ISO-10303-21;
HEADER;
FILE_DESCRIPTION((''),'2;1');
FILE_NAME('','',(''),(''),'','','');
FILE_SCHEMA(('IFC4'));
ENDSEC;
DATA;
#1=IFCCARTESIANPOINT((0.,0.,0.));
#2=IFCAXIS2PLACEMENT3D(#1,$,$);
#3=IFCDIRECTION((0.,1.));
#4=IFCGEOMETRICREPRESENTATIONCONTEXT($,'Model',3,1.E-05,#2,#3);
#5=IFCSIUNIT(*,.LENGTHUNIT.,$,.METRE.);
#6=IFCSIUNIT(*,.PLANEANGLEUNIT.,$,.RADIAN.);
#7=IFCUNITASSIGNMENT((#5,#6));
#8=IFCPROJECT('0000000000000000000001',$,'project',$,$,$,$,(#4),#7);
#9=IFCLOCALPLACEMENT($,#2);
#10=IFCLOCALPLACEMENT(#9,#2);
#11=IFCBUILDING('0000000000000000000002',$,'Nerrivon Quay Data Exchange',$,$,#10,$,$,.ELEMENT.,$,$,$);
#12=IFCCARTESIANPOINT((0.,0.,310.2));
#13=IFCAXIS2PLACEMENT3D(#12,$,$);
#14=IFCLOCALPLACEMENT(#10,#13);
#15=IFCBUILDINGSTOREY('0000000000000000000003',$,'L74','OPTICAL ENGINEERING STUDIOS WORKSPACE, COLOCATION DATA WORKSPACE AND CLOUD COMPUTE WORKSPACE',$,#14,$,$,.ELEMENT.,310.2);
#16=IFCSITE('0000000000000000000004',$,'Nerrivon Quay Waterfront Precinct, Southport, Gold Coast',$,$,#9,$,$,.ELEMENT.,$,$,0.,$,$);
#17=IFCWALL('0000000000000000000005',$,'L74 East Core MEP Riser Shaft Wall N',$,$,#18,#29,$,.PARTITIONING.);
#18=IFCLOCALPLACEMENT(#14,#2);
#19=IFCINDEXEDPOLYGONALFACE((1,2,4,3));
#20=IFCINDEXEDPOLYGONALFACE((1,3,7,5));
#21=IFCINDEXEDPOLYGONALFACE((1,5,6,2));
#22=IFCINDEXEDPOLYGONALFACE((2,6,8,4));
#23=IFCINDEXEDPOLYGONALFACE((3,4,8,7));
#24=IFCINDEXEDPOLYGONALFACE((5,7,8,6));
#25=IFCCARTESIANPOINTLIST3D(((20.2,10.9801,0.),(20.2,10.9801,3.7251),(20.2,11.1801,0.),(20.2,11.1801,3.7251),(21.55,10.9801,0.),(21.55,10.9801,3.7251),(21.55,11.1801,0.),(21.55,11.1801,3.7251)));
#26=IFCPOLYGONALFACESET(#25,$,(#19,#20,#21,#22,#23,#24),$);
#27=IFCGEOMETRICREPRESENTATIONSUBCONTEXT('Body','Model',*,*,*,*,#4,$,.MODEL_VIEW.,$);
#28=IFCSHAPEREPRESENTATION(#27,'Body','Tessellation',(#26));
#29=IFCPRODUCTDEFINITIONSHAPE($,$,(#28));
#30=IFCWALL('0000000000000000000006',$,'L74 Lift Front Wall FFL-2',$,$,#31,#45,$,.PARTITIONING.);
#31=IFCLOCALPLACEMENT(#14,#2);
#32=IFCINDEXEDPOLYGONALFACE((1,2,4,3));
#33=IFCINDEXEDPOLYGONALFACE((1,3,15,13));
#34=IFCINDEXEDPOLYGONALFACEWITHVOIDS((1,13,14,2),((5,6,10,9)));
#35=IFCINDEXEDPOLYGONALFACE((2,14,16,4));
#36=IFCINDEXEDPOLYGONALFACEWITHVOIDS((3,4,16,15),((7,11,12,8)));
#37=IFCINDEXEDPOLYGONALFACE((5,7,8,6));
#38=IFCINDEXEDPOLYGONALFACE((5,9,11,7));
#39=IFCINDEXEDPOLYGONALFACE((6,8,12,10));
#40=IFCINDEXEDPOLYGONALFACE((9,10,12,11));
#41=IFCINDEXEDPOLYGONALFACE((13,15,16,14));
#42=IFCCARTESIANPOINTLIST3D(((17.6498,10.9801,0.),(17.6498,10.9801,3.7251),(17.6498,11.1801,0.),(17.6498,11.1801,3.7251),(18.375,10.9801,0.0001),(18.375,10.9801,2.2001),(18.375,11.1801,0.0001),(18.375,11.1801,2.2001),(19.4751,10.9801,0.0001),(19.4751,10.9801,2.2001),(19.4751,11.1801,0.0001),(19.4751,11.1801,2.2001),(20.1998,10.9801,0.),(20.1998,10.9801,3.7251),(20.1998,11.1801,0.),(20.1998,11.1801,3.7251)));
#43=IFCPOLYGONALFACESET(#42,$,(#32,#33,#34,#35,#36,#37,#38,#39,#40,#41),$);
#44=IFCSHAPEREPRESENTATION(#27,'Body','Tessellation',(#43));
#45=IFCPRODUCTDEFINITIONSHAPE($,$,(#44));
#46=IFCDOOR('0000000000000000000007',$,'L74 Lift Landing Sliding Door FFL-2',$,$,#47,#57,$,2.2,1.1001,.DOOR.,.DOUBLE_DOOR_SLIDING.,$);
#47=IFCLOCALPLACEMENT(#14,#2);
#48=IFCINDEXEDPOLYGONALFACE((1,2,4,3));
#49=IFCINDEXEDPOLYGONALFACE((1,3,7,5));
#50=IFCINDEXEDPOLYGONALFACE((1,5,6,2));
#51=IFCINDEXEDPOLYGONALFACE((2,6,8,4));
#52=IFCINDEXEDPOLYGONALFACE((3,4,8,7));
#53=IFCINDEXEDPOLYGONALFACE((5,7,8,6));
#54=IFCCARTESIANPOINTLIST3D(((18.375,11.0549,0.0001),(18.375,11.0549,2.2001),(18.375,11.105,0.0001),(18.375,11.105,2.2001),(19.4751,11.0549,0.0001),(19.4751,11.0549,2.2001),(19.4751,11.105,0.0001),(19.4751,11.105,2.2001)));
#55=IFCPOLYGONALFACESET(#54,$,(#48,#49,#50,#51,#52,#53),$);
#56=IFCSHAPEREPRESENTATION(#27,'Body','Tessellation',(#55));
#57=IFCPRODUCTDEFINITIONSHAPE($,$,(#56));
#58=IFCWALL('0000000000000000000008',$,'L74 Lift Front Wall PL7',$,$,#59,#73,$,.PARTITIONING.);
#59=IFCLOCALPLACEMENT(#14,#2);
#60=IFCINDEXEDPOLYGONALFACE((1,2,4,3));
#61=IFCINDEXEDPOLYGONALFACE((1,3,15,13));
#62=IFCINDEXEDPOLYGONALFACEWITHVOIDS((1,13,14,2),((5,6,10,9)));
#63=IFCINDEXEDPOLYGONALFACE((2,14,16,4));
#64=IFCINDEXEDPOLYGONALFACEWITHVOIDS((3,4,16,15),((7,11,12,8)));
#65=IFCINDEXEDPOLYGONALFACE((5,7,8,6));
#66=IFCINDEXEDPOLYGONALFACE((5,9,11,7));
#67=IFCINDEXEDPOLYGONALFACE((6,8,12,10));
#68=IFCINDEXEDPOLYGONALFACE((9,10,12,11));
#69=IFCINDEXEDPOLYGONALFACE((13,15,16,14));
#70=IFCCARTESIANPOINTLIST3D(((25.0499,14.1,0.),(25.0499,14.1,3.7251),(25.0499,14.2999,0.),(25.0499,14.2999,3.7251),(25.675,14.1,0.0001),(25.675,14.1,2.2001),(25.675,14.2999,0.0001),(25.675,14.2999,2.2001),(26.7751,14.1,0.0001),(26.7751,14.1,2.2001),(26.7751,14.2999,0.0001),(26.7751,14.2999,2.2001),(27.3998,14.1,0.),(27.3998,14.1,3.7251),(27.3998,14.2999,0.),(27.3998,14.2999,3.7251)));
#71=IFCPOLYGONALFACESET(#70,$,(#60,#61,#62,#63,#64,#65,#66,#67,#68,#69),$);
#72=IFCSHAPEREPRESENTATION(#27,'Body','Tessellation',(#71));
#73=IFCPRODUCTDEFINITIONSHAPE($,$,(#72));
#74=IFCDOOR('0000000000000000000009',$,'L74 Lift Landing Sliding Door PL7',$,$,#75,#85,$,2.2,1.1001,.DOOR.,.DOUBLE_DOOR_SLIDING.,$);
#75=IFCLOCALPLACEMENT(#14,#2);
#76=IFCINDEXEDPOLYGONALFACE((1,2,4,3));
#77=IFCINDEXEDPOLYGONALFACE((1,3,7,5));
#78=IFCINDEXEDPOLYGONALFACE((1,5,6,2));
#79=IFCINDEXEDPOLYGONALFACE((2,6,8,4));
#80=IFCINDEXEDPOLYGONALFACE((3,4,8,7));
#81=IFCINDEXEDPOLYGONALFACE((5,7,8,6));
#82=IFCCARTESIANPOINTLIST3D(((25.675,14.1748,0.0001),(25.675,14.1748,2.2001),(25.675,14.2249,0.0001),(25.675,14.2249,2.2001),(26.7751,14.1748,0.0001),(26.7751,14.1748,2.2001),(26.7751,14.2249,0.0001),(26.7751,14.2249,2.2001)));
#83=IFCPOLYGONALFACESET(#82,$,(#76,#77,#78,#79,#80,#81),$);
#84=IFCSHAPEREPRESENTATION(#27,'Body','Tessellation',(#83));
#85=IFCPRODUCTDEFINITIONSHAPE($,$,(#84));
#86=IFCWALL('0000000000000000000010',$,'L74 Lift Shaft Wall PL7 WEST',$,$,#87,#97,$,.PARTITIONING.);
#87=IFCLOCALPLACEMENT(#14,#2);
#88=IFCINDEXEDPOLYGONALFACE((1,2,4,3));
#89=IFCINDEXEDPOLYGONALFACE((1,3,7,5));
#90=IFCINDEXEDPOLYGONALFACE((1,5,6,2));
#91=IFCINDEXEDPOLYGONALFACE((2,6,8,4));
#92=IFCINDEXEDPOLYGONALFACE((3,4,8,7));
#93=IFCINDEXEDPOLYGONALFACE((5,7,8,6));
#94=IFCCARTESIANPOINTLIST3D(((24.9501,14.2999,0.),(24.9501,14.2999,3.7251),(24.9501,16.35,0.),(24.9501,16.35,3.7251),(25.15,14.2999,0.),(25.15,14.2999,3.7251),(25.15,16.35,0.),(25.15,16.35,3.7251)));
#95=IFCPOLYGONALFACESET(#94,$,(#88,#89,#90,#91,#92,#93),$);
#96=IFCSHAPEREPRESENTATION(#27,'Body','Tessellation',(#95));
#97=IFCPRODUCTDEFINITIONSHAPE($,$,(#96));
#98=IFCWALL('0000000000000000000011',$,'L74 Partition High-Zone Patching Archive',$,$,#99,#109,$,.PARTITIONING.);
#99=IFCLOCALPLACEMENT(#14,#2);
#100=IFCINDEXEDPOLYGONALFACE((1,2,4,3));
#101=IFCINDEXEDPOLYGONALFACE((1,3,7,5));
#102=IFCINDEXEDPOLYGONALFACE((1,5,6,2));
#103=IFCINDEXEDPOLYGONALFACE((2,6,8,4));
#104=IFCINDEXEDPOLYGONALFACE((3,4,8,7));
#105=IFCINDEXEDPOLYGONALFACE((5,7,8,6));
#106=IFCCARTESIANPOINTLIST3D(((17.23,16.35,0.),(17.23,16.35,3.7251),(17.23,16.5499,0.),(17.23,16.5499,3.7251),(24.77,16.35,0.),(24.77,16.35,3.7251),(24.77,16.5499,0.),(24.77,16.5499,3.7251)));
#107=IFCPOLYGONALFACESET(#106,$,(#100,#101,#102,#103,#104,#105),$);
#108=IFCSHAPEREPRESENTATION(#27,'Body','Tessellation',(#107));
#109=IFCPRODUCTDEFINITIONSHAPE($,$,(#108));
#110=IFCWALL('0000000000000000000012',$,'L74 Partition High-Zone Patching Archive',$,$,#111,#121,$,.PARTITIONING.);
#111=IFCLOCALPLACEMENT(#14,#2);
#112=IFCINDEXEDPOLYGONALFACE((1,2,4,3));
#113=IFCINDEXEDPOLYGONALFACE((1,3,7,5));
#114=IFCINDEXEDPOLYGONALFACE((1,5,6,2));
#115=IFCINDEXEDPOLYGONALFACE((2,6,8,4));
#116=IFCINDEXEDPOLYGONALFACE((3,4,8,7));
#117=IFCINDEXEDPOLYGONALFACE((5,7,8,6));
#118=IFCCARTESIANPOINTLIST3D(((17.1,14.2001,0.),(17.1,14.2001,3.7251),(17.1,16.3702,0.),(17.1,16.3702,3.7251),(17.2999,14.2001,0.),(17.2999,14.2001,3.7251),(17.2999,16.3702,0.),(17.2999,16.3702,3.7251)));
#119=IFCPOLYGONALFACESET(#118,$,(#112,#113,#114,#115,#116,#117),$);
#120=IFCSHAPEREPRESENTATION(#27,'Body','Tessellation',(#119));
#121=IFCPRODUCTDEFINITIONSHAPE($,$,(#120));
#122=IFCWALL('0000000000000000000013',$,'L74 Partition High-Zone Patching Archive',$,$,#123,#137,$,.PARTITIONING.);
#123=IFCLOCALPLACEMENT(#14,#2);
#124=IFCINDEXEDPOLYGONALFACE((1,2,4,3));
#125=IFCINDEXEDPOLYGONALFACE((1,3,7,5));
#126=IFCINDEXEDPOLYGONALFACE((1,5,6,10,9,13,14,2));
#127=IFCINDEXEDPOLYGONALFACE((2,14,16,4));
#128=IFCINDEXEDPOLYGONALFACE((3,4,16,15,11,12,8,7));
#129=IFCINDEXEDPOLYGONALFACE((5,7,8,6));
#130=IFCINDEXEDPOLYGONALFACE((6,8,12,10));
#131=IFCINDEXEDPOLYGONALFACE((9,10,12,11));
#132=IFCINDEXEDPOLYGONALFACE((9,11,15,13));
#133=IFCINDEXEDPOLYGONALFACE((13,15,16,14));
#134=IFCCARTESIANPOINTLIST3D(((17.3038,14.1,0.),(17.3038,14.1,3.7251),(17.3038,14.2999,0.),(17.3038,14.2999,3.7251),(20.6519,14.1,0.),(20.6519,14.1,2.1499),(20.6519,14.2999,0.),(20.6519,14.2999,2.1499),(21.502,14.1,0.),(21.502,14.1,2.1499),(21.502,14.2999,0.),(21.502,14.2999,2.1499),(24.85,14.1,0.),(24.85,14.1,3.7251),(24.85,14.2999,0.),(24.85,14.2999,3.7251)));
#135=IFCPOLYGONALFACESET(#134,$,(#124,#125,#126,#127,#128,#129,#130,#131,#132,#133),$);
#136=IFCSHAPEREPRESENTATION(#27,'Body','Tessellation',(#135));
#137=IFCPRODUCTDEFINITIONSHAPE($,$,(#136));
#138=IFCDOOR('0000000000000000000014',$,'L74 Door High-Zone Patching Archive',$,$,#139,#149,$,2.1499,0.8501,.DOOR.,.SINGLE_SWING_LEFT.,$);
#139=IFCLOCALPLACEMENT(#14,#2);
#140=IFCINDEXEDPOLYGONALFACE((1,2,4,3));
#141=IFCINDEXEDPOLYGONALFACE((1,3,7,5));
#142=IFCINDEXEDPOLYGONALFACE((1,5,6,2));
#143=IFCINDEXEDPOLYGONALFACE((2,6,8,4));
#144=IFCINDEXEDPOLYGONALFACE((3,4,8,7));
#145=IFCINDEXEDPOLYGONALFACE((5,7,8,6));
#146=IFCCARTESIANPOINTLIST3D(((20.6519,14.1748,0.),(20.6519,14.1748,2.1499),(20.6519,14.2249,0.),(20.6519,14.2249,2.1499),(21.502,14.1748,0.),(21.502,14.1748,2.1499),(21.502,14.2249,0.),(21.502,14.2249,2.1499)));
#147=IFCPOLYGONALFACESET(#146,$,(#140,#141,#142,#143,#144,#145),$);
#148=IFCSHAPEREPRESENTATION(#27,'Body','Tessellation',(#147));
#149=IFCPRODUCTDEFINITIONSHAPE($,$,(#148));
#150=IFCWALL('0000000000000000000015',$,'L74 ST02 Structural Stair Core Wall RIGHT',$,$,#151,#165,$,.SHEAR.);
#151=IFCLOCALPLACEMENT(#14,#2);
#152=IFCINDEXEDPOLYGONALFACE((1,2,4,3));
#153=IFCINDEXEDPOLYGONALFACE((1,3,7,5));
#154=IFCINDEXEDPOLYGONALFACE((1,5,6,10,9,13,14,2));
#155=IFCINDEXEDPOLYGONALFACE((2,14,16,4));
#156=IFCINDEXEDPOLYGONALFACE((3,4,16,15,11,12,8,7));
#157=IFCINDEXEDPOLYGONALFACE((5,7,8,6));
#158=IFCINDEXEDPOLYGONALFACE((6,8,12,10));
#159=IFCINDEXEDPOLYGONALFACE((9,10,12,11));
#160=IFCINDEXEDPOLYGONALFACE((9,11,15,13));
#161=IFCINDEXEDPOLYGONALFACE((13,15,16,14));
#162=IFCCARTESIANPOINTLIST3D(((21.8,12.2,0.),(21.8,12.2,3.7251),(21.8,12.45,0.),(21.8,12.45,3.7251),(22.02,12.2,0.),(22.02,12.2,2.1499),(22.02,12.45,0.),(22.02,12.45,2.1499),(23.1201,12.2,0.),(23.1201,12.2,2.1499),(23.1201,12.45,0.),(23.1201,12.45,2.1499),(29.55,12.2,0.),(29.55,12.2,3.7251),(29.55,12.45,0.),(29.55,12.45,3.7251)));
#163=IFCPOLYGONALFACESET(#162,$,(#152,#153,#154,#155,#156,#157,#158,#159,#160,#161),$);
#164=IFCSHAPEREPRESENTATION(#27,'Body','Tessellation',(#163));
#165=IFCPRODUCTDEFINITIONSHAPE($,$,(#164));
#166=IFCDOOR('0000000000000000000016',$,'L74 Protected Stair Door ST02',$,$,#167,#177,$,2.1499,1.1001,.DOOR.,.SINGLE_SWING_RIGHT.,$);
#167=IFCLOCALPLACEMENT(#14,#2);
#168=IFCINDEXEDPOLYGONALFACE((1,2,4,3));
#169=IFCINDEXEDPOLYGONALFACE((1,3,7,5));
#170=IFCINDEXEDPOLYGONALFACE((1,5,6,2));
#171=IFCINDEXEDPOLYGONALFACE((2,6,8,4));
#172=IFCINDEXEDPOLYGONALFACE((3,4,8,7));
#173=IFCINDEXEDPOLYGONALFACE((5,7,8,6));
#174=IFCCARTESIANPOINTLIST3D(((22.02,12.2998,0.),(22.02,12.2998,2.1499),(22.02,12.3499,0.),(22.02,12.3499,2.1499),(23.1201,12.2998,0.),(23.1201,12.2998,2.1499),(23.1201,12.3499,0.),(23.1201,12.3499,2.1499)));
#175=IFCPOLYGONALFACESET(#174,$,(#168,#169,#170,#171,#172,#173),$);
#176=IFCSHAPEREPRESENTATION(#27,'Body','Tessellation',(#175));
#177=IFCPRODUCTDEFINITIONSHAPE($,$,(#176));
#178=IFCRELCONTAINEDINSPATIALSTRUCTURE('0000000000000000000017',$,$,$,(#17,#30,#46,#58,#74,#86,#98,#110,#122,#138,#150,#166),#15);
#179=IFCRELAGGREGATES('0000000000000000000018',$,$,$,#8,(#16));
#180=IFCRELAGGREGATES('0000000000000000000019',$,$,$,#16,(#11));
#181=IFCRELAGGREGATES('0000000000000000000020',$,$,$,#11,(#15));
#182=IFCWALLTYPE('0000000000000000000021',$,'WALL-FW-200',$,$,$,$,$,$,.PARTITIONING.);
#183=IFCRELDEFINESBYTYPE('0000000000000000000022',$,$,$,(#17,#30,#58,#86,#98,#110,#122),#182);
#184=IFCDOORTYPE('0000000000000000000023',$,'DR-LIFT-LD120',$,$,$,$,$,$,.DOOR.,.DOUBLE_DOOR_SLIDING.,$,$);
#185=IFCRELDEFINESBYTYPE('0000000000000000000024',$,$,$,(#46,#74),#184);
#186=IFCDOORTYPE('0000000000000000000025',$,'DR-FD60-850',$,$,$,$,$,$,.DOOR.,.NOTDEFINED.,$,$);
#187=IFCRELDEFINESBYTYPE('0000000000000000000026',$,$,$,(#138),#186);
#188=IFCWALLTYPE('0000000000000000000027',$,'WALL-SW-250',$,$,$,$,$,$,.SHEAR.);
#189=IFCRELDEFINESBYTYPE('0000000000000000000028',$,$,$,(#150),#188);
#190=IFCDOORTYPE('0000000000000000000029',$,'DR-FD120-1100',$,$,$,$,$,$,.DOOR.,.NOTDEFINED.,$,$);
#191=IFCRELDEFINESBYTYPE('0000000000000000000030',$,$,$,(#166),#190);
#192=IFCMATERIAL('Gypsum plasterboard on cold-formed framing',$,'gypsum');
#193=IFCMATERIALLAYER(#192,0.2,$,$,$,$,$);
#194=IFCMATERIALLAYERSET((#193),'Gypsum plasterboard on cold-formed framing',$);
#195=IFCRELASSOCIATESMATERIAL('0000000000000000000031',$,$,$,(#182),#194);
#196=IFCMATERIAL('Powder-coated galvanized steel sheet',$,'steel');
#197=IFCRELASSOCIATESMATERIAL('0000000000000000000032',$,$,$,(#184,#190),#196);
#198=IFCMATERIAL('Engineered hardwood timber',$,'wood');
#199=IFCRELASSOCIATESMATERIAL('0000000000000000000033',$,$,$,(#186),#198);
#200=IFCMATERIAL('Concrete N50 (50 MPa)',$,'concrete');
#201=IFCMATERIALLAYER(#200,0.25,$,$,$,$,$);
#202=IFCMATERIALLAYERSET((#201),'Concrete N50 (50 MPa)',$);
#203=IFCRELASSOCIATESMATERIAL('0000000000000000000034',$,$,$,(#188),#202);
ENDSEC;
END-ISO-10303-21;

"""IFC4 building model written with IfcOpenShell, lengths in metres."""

from ifc_helpers import new_model, si_unit, direction, frame, frame_2d, origin, place, context, subcontext, project, spatial, rectangle, extrude, material, layer, layer_set, type_object, element, fill, save


model = new_model("IFC4")

# Units and contexts
model_context = context("Model", 3, precision=1e-05, world=origin(), true_north=direction((0.0, 1.0)))
body_context = subcontext(model_context, "Body", "Model", "MODEL_VIEW")
ifc_project = project(units=[si_unit("LENGTHUNIT", "METRE"), si_unit("PLANEANGLEUNIT", "RADIAN")], contexts=[model_context])

# Site, building, storey
site_placement = place(None, origin())
site = spatial("IfcSite", under=ifc_project, at=site_placement, Name="Nerrivon Quay Waterfront Precinct, Southport, Gold Coast", CompositionType="ELEMENT", RefElevation=0.0)
building_placement = place(site_placement, origin())
building = spatial("IfcBuilding", under=site, at=building_placement, Name="Nerrivon Quay Data Exchange", CompositionType="ELEMENT")
storey_placement = place(building_placement, frame((0.0, 0.0, 310.2)))
storey = spatial("IfcBuildingStorey", under=building, at=storey_placement, Name="L74", Description="OPTICAL ENGINEERING STUDIOS WORKSPACE, COLOCATION DATA WORKSPACE AND CLOUD COMPUTE WORKSPACE", CompositionType="ELEMENT", Elevation=310.2)

# Shared definitions
ifc_material_1 = material(Name="Concrete N50 (50 MPa)", Category="concrete")

# Wall
ifc_material_2 = material(Name="Gypsum plasterboard on cold-formed framing", Category="gypsum")
ifc_layer_1 = layer(ifc_material_2, 0.2)
ifc_layer_set_1 = layer_set([ifc_layer_1], Name="Gypsum plasterboard on cold-formed framing")
wall_type_1 = type_object("IfcWallType", Name="WALL-FW-200", PredefinedType="PARTITIONING", material=ifc_layer_set_1)
wall_1_placement = place(storey_placement, frame((20.2, 11.0801, 0.0), z_axis=(0.0, 0.0, 1.0), x_axis=(1.0, 0.0, 0.0)))
element("IfcWall", 1, at=wall_1_placement, inside=storey, type_object=wall_type_1, Name="L74 East Core MEP Riser Shaft Wall N", PredefinedType="PARTITIONING", context=body_context, shape_type="SweptSolid", body=[
    extrude(rectangle(XDim=1.3501, YDim=0.2, at=frame_2d((0.675, 0.0))), origin(), (0.0, 0.0, 1.0), 3.7251),
])

# Walls, openings, doors
wall_2_placement = place(storey_placement, frame((17.6499, 11.0801, 0.0), z_axis=(0.0, 0.0, 1.0), x_axis=(1.0, 0.0, 0.0)))
wall_2 = element("IfcWall", 2, at=wall_2_placement, inside=storey, type_object=wall_type_1, Name="L74 Lift Front Wall FFL-2", PredefinedType="PARTITIONING", context=body_context, shape_type="SweptSolid", body=[
    extrude(rectangle(XDim=2.55, YDim=0.2, at=frame_2d((1.2749, 0.0))), origin(), (0.0, 0.0, 1.0), 3.7251),
])
opening_1_placement = place(wall_2_placement, frame((0.7251, 0.0, 0.0)))
opening_1 = element("IfcOpeningElement", 3, at=opening_1_placement, cuts=wall_2, PredefinedType="OPENING", context=body_context, shape_type="SweptSolid", body=[
    extrude(rectangle(XDim=1.1001, YDim=2.2, at=frame_2d((0.55, 1.1001))), frame((0.0, 0.1099, 0.0), z_axis=(0.0, -1.0, 0.0), x_axis=(1.0, 0.0, 0.0)), (0.0, 0.0, 1.0), 0.22),
])
ifc_material_3 = material(Name="Powder-coated galvanized steel sheet", Category="steel")
door_type_1 = type_object("IfcDoorType", Name="DR-LIFT-LD120", OperationType="DOUBLE_DOOR_SLIDING", PredefinedType="DOOR", material=ifc_material_3)
door_1_placement = place(opening_1_placement, origin())
door_1 = element("IfcDoor", 4, at=door_1_placement, inside=storey, type_object=door_type_1, Name="L74 Lift Landing Sliding Door FFL-2", OperationType="DOUBLE_DOOR_SLIDING", OverallHeight=2.2, OverallWidth=1.1001, PredefinedType="DOOR", context=body_context, shape_type="SweptSolid", body=[
    extrude(rectangle(XDim=1.1001, YDim=2.2, at=frame_2d((0.55, 1.1001))), frame((0.0, 0.0249, 0.0), z_axis=(0.0, -1.0, 0.0), x_axis=(1.0, 0.0, 0.0)), (0.0, 0.0, 1.0), 0.05),
])
fill(opening_1, door_1)
wall_3_placement = place(storey_placement, frame((25.05, 14.2, 0.0), z_axis=(0.0, 0.0, 1.0), x_axis=(1.0, 0.0, 0.0)))
wall_3 = element("IfcWall", 5, at=wall_3_placement, inside=storey, type_object=wall_type_1, Name="L74 Lift Front Wall PL7", PredefinedType="PARTITIONING", context=body_context, shape_type="SweptSolid", body=[
    extrude(rectangle(XDim=2.3499, YDim=0.2, at=frame_2d((1.1748, 0.0))), origin(), (0.0, 0.0, 1.0), 3.7251),
])
opening_2_placement = place(wall_3_placement, frame((0.625, 0.0, 0.0)))
opening_2 = element("IfcOpeningElement", 6, at=opening_2_placement, cuts=wall_3, PredefinedType="OPENING", context=body_context, shape_type="SweptSolid", body=[
    extrude(rectangle(XDim=1.1001, YDim=2.2, at=frame_2d((0.55, 1.1001))), frame((0.0, 0.1099, 0.0), z_axis=(0.0, -1.0, 0.0), x_axis=(1.0, 0.0, 0.0)), (0.0, 0.0, 1.0), 0.22),
])
door_2_placement = place(opening_2_placement, origin())
door_2 = element("IfcDoor", 7, at=door_2_placement, inside=storey, type_object=door_type_1, Name="L74 Lift Landing Sliding Door PL7", OperationType="DOUBLE_DOOR_SLIDING", OverallHeight=2.2, OverallWidth=1.1001, PredefinedType="DOOR", context=body_context, shape_type="SweptSolid", body=[
    extrude(rectangle(XDim=1.1001, YDim=2.2, at=frame_2d((0.55, 1.1001))), frame((0.0, 0.0249, 0.0), z_axis=(0.0, -1.0, 0.0), x_axis=(1.0, 0.0, 0.0)), (0.0, 0.0, 1.0), 0.05),
])
fill(opening_2, door_2)

# Walls
wall_4_placement = place(storey_placement, frame((25.05, 14.3, 0.0), z_axis=(0.0, 0.0, 1.0), x_axis=(0.0, 1.0, 0.0)))
element("IfcWall", 8, at=wall_4_placement, inside=storey, type_object=wall_type_1, Name="L74 Lift Shaft Wall PL7 WEST", PredefinedType="PARTITIONING", context=body_context, shape_type="SweptSolid", body=[
    extrude(rectangle(XDim=2.05, YDim=0.2, at=frame_2d((1.0249, 0.0))), origin(), (0.0, 0.0, 1.0), 3.7251),
])
wall_5_placement = place(storey_placement, frame((24.77, 16.45, 0.0), z_axis=(0.0, 0.0, 1.0), x_axis=(-1.0, 0.0, 0.0)))
element("IfcWall", 9, at=wall_5_placement, inside=storey, type_object=wall_type_1, Name="L74 Partition High-Zone Patching Archive", PredefinedType="PARTITIONING", context=body_context, shape_type="SweptSolid", body=[
    extrude(rectangle(XDim=7.54, YDim=0.2, at=frame_2d((3.77, 0.0))), origin(), (0.0, 0.0, 1.0), 3.7251),
])
wall_6_placement = place(storey_placement, frame((17.2, 16.3701, 0.0), z_axis=(0.0, 0.0, 1.0), x_axis=(0.0, -1.0, 0.0)))
element("IfcWall", 10, at=wall_6_placement, inside=storey, type_object=wall_type_1, Name="L74 Partition High-Zone Patching Archive", PredefinedType="PARTITIONING", context=body_context, shape_type="SweptSolid", body=[
    extrude(rectangle(XDim=2.1702, YDim=0.2, at=frame_2d((1.085, 0.0))), origin(), (0.0, 0.0, 1.0), 3.7251),
])

# Walls, openings, doors
wall_7_placement = place(storey_placement, frame((17.304, 14.2, 0.0), z_axis=(0.0, 0.0, 1.0), x_axis=(1.0, 0.0, 0.0)))
wall_7 = element("IfcWall", 11, at=wall_7_placement, inside=storey, type_object=wall_type_1, Name="L74 Partition High-Zone Patching Archive", PredefinedType="PARTITIONING", context=body_context, shape_type="SweptSolid", body=[
    extrude(rectangle(XDim=7.5461, YDim=0.2, at=frame_2d((3.7729, 0.0))), origin(), (0.0, 0.0, 1.0), 3.7251),
])
opening_3_placement = place(wall_7_placement, frame((3.3479, 0.0, 0.0)))
opening_3 = element("IfcOpeningElement", 12, at=opening_3_placement, cuts=wall_7, PredefinedType="OPENING", context=body_context, shape_type="SweptSolid", body=[
    extrude(rectangle(XDim=0.8501, YDim=2.1499, at=frame_2d((0.425, 1.075))), frame((0.0, 0.1099, 0.0), z_axis=(0.0, -1.0, 0.0), x_axis=(1.0, 0.0, 0.0)), (0.0, 0.0, 1.0), 0.22),
])
ifc_material_4 = material(Name="Engineered hardwood timber", Category="wood")
door_type_2 = type_object("IfcDoorType", Name="DR-FD60-850", OperationType="NOTDEFINED", PredefinedType="DOOR", material=ifc_material_4)
door_3_placement = place(opening_3_placement, origin())
door_3 = element("IfcDoor", 13, at=door_3_placement, inside=storey, type_object=door_type_2, Name="L74 Door High-Zone Patching Archive", OperationType="SINGLE_SWING_LEFT", OverallHeight=2.1499, OverallWidth=0.8501, PredefinedType="DOOR", context=body_context, shape_type="SweptSolid", body=[
    extrude(rectangle(XDim=0.8501, YDim=2.1499, at=frame_2d((0.425, 1.075))), frame((0.0, 0.0249, 0.0), z_axis=(0.0, -1.0, 0.0), x_axis=(1.0, 0.0, 0.0)), (0.0, 0.0, 1.0), 0.05),
])
fill(opening_3, door_3)
ifc_layer_2 = layer(ifc_material_1, 0.25)
ifc_layer_set_2 = layer_set([ifc_layer_2], Name="Concrete N50 (50 MPa)")
wall_type_2 = type_object("IfcWallType", Name="WALL-SW-250", PredefinedType="SHEAR", material=ifc_layer_set_2)
wall_8_placement = place(storey_placement, frame((21.8, 12.325, 0.0), z_axis=(0.0, 0.0, 1.0), x_axis=(1.0, 0.0, 0.0)))
wall_8 = element("IfcWall", 14, at=wall_8_placement, inside=storey, type_object=wall_type_2, Name="L74 ST02 Structural Stair Core Wall RIGHT", PredefinedType="SHEAR", context=body_context, shape_type="SweptSolid", body=[
    extrude(rectangle(XDim=7.75, YDim=0.25, at=frame_2d((3.875, 0.0))), origin(), (0.0, 0.0, 1.0), 3.7251),
])
opening_4_placement = place(wall_8_placement, frame((0.22, 0.0, 0.0)))
opening_4 = element("IfcOpeningElement", 15, at=opening_4_placement, cuts=wall_8, PredefinedType="OPENING", context=body_context, shape_type="SweptSolid", body=[
    extrude(rectangle(XDim=1.1001, YDim=2.1499, at=frame_2d((0.55, 1.075))), frame((0.0, 0.135, 0.0), z_axis=(0.0, -1.0, 0.0), x_axis=(1.0, 0.0, 0.0)), (0.0, 0.0, 1.0), 0.27),
])
door_type_3 = type_object("IfcDoorType", Name="DR-FD120-1100", OperationType="NOTDEFINED", PredefinedType="DOOR", material=ifc_material_3)
door_4_placement = place(opening_4_placement, origin())
door_4 = element("IfcDoor", 16, at=door_4_placement, inside=storey, type_object=door_type_3, Name="L74 Protected Stair Door ST02", OperationType="SINGLE_SWING_RIGHT", OverallHeight=2.1499, OverallWidth=1.1001, PredefinedType="DOOR", context=body_context, shape_type="SweptSolid", body=[
    extrude(rectangle(XDim=1.1001, YDim=2.1499, at=frame_2d((0.55, 1.075))), frame((0.0, 0.0249, 0.0), z_axis=(0.0, -1.0, 0.0), x_axis=(1.0, 0.0, 0.0)), (0.0, 0.0, 1.0), 0.05),
])
fill(opening_4, door_4)

save(model, "model.ifc")
